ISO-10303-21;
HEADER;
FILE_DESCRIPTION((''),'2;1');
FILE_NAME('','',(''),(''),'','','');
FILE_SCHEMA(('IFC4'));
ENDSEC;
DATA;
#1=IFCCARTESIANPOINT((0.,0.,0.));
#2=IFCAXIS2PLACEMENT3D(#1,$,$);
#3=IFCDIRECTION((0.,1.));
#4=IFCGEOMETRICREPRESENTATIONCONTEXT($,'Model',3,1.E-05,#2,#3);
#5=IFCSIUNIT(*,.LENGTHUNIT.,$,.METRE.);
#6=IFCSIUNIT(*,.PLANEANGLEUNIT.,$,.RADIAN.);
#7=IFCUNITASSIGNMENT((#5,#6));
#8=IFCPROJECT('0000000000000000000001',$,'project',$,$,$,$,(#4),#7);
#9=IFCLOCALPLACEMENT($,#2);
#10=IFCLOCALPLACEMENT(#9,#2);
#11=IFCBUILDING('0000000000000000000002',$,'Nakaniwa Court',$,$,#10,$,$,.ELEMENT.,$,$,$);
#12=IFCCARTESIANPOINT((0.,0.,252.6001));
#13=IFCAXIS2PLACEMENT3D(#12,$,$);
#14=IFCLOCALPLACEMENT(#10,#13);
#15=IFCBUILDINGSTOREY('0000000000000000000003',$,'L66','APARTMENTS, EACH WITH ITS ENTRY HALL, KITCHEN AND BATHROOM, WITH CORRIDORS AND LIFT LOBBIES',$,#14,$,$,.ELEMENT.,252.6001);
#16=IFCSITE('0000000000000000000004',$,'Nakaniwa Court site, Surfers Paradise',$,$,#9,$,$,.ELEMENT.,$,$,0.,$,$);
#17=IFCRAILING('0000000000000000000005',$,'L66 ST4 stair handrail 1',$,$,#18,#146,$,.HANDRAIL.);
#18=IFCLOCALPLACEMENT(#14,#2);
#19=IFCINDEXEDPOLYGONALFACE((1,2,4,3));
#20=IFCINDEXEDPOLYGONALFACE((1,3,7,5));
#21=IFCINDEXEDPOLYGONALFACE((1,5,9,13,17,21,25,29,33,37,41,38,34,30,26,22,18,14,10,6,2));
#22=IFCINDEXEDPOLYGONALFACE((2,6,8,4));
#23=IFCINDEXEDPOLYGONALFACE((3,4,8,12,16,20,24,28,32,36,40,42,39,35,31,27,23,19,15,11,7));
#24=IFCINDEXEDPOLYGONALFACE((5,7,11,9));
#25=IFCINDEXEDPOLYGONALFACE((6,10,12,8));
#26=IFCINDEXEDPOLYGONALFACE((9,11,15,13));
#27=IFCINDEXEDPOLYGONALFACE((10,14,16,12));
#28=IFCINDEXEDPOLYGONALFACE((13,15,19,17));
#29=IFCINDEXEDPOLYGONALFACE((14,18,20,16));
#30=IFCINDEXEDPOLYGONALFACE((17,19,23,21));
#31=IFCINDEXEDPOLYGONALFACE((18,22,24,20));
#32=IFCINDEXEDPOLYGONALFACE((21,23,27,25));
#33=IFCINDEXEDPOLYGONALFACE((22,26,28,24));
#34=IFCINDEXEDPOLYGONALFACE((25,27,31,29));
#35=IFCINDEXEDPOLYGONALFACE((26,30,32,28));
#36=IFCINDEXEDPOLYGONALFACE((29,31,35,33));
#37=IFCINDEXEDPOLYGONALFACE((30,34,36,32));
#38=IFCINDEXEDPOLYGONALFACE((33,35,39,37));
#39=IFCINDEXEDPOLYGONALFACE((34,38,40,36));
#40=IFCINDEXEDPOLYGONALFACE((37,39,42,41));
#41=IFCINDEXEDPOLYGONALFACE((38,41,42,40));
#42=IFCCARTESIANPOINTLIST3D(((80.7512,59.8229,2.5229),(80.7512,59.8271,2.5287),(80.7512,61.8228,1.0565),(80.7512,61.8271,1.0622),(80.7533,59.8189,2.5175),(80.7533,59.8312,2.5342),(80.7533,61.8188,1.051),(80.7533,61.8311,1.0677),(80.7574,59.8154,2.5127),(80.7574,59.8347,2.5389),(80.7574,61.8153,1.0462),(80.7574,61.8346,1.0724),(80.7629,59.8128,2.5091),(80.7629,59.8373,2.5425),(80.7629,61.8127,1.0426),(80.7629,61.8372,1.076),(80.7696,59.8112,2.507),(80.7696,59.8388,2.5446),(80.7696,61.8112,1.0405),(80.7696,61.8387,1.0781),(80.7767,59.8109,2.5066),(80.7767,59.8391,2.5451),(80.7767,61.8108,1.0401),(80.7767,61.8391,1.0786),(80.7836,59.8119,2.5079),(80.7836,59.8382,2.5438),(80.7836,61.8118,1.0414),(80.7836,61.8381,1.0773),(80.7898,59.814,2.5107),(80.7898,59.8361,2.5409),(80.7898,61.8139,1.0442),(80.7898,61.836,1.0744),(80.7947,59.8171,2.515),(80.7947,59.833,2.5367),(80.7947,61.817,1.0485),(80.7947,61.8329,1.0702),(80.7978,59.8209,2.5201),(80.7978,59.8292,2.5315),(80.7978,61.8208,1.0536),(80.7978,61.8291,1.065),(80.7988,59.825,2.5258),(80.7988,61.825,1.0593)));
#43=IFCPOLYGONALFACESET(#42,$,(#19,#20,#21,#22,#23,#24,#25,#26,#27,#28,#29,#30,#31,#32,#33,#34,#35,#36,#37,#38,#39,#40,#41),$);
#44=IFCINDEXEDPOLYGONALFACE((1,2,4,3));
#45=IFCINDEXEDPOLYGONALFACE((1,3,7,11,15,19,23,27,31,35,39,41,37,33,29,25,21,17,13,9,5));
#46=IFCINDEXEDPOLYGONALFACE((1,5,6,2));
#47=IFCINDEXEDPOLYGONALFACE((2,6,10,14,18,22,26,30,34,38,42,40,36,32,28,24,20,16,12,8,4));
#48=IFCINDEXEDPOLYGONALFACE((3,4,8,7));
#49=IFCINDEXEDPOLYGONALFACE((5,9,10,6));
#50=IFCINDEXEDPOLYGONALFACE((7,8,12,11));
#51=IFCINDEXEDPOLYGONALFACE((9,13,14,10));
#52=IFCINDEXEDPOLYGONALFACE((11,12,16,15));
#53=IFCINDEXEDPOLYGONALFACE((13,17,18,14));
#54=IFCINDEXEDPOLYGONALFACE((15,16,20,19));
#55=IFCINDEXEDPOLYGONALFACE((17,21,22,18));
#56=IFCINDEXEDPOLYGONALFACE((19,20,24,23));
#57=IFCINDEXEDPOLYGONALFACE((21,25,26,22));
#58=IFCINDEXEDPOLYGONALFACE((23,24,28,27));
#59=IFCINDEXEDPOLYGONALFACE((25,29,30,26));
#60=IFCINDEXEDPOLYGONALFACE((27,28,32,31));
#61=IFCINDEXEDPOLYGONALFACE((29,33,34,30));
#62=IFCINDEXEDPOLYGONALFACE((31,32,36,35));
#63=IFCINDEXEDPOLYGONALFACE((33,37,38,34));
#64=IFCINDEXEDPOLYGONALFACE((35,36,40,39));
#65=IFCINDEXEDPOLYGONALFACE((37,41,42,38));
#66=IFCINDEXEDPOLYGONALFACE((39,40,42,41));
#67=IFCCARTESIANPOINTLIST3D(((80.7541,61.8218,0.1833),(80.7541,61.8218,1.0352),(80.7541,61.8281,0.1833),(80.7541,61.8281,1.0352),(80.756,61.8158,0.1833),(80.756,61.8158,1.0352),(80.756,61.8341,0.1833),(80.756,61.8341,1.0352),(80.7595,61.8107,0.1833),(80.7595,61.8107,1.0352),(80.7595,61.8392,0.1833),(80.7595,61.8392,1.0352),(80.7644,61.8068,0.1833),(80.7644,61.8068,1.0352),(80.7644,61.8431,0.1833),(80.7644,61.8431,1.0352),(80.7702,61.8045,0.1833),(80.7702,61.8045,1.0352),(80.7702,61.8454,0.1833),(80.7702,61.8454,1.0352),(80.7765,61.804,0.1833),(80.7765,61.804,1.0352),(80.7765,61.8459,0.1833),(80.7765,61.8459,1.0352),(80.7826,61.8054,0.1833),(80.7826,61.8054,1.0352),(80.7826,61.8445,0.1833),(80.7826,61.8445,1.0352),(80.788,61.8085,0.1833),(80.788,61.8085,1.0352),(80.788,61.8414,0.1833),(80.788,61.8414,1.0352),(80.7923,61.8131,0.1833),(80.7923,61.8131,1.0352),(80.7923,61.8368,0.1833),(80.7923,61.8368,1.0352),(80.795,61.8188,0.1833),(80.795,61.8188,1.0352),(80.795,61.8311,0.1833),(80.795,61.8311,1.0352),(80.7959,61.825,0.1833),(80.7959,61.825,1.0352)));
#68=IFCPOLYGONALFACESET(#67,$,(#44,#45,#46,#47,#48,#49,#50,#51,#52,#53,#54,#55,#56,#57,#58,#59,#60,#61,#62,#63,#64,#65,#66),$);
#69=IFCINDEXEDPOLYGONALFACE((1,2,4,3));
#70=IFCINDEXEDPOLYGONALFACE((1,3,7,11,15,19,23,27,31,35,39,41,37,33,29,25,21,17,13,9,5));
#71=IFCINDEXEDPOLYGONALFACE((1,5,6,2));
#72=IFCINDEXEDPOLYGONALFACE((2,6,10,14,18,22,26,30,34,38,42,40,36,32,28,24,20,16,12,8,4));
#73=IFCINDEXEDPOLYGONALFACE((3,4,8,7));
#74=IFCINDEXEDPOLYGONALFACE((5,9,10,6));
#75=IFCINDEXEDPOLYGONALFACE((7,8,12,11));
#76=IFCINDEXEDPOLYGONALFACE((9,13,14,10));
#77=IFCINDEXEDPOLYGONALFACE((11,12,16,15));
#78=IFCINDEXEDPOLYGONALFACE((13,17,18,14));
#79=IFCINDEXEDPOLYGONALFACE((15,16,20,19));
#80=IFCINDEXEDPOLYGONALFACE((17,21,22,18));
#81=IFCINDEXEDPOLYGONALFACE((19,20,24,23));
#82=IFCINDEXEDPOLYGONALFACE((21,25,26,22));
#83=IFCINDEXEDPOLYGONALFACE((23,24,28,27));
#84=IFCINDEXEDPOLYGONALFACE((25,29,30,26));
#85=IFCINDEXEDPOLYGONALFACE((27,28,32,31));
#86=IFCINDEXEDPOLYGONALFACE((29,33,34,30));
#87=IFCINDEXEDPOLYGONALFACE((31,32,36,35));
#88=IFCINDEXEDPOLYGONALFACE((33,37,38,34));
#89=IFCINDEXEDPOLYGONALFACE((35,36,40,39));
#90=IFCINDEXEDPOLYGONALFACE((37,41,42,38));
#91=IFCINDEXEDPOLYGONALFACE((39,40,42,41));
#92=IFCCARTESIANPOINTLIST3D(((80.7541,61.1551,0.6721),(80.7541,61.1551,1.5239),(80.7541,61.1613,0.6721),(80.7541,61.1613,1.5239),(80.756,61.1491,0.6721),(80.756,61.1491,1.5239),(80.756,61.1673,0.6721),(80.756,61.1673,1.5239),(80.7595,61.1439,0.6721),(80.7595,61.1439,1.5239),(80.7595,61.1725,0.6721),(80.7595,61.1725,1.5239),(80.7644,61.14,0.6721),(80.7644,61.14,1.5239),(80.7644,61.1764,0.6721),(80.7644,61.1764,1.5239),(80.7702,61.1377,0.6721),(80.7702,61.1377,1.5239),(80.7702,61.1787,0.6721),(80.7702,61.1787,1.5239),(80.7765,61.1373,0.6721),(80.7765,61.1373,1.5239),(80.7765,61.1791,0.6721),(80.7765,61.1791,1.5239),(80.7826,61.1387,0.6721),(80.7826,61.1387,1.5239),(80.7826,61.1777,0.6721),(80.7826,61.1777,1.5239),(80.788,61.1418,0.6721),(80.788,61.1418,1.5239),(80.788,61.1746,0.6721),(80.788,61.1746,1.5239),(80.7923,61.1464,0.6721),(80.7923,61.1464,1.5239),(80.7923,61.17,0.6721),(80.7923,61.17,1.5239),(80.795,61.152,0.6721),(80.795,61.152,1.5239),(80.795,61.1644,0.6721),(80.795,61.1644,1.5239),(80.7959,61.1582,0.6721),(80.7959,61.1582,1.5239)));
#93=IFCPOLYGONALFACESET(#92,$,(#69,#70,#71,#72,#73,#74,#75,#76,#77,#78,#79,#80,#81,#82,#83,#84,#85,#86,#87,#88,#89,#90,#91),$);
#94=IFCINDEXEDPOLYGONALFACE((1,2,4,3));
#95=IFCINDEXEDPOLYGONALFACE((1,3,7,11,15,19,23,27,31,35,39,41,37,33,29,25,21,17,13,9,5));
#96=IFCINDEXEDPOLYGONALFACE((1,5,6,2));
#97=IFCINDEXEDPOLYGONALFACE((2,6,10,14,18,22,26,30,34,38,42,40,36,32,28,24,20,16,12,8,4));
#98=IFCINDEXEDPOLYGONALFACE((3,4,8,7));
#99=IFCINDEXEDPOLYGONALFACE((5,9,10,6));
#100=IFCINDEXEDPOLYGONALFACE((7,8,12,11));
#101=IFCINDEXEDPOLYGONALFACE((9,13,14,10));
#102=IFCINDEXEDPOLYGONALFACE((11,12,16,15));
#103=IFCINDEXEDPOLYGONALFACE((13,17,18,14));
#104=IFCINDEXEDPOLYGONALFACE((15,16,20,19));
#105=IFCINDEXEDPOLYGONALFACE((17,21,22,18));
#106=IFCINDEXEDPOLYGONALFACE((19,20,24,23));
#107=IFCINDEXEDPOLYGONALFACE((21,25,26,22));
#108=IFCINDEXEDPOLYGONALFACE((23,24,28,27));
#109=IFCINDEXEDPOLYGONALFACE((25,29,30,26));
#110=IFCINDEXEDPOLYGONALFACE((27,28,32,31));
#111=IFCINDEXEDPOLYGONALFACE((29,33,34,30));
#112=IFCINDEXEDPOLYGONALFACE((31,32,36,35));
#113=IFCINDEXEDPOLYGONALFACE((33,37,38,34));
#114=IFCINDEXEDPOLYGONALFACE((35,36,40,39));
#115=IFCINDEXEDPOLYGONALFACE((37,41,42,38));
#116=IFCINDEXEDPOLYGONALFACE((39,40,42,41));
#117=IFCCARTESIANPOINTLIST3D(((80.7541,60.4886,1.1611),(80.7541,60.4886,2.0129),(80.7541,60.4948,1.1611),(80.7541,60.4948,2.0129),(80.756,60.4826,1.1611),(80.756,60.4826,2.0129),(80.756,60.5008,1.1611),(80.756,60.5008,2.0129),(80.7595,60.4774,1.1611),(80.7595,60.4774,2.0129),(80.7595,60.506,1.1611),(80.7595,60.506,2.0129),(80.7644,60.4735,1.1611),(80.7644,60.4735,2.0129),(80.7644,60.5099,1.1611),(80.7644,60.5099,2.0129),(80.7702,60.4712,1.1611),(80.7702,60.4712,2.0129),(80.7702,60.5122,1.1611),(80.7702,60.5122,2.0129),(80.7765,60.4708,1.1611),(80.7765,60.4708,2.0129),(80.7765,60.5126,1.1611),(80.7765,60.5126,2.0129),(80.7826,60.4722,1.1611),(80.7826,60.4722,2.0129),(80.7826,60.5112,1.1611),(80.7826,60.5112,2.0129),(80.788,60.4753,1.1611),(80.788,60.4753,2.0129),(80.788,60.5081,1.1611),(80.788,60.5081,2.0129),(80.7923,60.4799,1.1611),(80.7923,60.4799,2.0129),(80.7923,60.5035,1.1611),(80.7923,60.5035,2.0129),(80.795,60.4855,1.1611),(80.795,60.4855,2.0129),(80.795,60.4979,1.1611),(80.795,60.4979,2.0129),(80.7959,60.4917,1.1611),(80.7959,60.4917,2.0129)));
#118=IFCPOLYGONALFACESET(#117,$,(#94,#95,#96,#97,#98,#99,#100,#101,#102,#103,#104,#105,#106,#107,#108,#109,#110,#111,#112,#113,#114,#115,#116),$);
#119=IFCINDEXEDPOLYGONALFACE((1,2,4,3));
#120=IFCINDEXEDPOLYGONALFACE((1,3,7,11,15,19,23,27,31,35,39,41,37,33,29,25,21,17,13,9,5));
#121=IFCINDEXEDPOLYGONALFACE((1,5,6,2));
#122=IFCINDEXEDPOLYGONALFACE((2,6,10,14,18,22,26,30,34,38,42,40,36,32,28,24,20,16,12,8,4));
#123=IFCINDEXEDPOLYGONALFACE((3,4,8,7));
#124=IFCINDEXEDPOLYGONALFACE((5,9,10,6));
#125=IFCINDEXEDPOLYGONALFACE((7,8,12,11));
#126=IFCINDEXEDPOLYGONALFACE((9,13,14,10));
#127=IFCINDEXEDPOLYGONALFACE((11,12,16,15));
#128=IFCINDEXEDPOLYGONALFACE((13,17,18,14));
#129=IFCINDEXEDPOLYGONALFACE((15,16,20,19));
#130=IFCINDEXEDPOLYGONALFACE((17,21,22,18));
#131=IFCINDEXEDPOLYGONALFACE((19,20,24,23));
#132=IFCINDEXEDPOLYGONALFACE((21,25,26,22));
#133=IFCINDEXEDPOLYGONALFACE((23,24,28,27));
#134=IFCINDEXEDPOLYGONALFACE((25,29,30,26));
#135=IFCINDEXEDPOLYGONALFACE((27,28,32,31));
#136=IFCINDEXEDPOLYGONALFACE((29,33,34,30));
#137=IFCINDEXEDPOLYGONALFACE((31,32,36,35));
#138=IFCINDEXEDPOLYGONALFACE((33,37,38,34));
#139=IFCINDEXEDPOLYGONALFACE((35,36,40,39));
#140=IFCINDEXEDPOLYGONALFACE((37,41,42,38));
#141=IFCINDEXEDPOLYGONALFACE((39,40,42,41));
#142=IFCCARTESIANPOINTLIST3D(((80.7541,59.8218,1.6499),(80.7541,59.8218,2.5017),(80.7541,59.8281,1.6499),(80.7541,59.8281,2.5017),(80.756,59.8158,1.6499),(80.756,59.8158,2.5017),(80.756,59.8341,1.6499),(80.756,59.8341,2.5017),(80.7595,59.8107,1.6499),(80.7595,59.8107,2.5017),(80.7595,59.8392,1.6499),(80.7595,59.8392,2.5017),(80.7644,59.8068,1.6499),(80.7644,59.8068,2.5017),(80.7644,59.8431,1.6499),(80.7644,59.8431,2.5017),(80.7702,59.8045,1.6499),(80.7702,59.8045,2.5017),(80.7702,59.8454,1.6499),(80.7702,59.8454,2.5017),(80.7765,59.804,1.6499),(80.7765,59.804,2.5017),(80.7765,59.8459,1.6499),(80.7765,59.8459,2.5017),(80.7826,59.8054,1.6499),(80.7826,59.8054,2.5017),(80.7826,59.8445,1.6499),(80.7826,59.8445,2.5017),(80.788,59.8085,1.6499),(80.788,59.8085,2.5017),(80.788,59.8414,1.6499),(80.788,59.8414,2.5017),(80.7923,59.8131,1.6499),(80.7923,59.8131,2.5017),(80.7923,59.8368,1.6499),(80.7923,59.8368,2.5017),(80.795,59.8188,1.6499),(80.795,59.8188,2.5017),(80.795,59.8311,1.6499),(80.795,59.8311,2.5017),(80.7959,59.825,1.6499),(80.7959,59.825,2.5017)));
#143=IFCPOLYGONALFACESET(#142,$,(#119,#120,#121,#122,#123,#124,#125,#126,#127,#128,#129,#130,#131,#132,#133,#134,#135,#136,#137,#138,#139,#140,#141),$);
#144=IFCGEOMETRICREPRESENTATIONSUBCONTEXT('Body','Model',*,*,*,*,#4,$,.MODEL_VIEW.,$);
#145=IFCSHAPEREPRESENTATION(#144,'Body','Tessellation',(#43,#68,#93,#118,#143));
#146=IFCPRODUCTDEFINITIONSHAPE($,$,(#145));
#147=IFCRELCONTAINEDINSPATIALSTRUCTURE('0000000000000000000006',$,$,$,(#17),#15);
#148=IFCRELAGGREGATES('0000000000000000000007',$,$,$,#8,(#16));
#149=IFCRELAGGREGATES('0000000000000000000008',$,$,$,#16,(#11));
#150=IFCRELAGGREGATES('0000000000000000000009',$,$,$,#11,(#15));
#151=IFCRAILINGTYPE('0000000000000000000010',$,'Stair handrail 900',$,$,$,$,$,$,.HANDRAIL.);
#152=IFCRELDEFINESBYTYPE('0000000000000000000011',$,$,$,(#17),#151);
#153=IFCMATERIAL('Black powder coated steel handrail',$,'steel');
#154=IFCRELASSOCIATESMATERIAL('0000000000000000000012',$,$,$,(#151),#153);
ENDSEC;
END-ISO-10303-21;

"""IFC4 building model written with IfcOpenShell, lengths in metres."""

from ifc_helpers import new_model, si_unit, direction, frame, origin, origin_2d, place, context, subcontext, project, spatial, circle, extrude, material, type_object, element, save


model = new_model("IFC4")

# Units and contexts
model_context = context("Model", 3, precision=1e-05, world=origin(), true_north=direction((0.0, 1.0)))
body_context = subcontext(model_context, "Body", "Model", "MODEL_VIEW")
ifc_project = project(units=[si_unit("LENGTHUNIT", "METRE"), si_unit("PLANEANGLEUNIT", "RADIAN")], contexts=[model_context])

# Site, building, storey
site_placement = place(None, origin())
site = spatial("IfcSite", under=ifc_project, at=site_placement, Name="Nakaniwa Court site, Surfers Paradise", CompositionType="ELEMENT", RefElevation=0.0)
building_placement = place(site_placement, origin())
building = spatial("IfcBuilding", under=site, at=building_placement, Name="Nakaniwa Court", CompositionType="ELEMENT")
storey_placement = place(building_placement, frame((0.0, 0.0, 252.6001)))
storey = spatial("IfcBuildingStorey", under=building, at=storey_placement, Name="L66", Description="APARTMENTS, EACH WITH ITS ENTRY HALL, KITCHEN AND BATHROOM, WITH CORRIDORS AND LIFT LOBBIES", CompositionType="ELEMENT", Elevation=252.6001)

# Railing
ifc_material_1 = material(Name="Black powder coated steel handrail", Category="steel")
railing_type_1 = type_object("IfcRailingType", Name="Stair handrail 900", PredefinedType="HANDRAIL", material=ifc_material_1)
railing_1_placement = place(storey_placement, frame((80.7749, 61.825, 0.1833)))
element("IfcRailing", 1, at=railing_1_placement, inside=storey, type_object=railing_type_1, Name="L66 ST4 stair handrail 1", PredefinedType="HANDRAIL", context=body_context, shape_type="SweptSolid", body=[
    extrude(circle(Radius=0.0239, at=origin_2d()), frame((0.0, 0.0, 0.876), z_axis=(0.0, -0.806427, 0.591334), x_axis=(1.0, 0.0, 0.0)), (0.0, 0.0, 1.0), 2.48),
    extrude(circle(Radius=0.021, at=origin_2d()), origin(), (0.0, 0.0, 1.0), 0.8518),
    extrude(circle(Radius=0.021, at=origin_2d()), frame((0.0, -0.6667, 0.4888)), (0.0, 0.0, 1.0), 0.8518),
    extrude(circle(Radius=0.021, at=origin_2d()), frame((0.0, -1.3333, 0.9778)), (0.0, 0.0, 1.0), 0.8518),
    extrude(circle(Radius=0.021, at=origin_2d()), frame((0.0, -2.0, 1.4666)), (0.0, 0.0, 1.0), 0.8518),
])

save(model, "model.ifc")
